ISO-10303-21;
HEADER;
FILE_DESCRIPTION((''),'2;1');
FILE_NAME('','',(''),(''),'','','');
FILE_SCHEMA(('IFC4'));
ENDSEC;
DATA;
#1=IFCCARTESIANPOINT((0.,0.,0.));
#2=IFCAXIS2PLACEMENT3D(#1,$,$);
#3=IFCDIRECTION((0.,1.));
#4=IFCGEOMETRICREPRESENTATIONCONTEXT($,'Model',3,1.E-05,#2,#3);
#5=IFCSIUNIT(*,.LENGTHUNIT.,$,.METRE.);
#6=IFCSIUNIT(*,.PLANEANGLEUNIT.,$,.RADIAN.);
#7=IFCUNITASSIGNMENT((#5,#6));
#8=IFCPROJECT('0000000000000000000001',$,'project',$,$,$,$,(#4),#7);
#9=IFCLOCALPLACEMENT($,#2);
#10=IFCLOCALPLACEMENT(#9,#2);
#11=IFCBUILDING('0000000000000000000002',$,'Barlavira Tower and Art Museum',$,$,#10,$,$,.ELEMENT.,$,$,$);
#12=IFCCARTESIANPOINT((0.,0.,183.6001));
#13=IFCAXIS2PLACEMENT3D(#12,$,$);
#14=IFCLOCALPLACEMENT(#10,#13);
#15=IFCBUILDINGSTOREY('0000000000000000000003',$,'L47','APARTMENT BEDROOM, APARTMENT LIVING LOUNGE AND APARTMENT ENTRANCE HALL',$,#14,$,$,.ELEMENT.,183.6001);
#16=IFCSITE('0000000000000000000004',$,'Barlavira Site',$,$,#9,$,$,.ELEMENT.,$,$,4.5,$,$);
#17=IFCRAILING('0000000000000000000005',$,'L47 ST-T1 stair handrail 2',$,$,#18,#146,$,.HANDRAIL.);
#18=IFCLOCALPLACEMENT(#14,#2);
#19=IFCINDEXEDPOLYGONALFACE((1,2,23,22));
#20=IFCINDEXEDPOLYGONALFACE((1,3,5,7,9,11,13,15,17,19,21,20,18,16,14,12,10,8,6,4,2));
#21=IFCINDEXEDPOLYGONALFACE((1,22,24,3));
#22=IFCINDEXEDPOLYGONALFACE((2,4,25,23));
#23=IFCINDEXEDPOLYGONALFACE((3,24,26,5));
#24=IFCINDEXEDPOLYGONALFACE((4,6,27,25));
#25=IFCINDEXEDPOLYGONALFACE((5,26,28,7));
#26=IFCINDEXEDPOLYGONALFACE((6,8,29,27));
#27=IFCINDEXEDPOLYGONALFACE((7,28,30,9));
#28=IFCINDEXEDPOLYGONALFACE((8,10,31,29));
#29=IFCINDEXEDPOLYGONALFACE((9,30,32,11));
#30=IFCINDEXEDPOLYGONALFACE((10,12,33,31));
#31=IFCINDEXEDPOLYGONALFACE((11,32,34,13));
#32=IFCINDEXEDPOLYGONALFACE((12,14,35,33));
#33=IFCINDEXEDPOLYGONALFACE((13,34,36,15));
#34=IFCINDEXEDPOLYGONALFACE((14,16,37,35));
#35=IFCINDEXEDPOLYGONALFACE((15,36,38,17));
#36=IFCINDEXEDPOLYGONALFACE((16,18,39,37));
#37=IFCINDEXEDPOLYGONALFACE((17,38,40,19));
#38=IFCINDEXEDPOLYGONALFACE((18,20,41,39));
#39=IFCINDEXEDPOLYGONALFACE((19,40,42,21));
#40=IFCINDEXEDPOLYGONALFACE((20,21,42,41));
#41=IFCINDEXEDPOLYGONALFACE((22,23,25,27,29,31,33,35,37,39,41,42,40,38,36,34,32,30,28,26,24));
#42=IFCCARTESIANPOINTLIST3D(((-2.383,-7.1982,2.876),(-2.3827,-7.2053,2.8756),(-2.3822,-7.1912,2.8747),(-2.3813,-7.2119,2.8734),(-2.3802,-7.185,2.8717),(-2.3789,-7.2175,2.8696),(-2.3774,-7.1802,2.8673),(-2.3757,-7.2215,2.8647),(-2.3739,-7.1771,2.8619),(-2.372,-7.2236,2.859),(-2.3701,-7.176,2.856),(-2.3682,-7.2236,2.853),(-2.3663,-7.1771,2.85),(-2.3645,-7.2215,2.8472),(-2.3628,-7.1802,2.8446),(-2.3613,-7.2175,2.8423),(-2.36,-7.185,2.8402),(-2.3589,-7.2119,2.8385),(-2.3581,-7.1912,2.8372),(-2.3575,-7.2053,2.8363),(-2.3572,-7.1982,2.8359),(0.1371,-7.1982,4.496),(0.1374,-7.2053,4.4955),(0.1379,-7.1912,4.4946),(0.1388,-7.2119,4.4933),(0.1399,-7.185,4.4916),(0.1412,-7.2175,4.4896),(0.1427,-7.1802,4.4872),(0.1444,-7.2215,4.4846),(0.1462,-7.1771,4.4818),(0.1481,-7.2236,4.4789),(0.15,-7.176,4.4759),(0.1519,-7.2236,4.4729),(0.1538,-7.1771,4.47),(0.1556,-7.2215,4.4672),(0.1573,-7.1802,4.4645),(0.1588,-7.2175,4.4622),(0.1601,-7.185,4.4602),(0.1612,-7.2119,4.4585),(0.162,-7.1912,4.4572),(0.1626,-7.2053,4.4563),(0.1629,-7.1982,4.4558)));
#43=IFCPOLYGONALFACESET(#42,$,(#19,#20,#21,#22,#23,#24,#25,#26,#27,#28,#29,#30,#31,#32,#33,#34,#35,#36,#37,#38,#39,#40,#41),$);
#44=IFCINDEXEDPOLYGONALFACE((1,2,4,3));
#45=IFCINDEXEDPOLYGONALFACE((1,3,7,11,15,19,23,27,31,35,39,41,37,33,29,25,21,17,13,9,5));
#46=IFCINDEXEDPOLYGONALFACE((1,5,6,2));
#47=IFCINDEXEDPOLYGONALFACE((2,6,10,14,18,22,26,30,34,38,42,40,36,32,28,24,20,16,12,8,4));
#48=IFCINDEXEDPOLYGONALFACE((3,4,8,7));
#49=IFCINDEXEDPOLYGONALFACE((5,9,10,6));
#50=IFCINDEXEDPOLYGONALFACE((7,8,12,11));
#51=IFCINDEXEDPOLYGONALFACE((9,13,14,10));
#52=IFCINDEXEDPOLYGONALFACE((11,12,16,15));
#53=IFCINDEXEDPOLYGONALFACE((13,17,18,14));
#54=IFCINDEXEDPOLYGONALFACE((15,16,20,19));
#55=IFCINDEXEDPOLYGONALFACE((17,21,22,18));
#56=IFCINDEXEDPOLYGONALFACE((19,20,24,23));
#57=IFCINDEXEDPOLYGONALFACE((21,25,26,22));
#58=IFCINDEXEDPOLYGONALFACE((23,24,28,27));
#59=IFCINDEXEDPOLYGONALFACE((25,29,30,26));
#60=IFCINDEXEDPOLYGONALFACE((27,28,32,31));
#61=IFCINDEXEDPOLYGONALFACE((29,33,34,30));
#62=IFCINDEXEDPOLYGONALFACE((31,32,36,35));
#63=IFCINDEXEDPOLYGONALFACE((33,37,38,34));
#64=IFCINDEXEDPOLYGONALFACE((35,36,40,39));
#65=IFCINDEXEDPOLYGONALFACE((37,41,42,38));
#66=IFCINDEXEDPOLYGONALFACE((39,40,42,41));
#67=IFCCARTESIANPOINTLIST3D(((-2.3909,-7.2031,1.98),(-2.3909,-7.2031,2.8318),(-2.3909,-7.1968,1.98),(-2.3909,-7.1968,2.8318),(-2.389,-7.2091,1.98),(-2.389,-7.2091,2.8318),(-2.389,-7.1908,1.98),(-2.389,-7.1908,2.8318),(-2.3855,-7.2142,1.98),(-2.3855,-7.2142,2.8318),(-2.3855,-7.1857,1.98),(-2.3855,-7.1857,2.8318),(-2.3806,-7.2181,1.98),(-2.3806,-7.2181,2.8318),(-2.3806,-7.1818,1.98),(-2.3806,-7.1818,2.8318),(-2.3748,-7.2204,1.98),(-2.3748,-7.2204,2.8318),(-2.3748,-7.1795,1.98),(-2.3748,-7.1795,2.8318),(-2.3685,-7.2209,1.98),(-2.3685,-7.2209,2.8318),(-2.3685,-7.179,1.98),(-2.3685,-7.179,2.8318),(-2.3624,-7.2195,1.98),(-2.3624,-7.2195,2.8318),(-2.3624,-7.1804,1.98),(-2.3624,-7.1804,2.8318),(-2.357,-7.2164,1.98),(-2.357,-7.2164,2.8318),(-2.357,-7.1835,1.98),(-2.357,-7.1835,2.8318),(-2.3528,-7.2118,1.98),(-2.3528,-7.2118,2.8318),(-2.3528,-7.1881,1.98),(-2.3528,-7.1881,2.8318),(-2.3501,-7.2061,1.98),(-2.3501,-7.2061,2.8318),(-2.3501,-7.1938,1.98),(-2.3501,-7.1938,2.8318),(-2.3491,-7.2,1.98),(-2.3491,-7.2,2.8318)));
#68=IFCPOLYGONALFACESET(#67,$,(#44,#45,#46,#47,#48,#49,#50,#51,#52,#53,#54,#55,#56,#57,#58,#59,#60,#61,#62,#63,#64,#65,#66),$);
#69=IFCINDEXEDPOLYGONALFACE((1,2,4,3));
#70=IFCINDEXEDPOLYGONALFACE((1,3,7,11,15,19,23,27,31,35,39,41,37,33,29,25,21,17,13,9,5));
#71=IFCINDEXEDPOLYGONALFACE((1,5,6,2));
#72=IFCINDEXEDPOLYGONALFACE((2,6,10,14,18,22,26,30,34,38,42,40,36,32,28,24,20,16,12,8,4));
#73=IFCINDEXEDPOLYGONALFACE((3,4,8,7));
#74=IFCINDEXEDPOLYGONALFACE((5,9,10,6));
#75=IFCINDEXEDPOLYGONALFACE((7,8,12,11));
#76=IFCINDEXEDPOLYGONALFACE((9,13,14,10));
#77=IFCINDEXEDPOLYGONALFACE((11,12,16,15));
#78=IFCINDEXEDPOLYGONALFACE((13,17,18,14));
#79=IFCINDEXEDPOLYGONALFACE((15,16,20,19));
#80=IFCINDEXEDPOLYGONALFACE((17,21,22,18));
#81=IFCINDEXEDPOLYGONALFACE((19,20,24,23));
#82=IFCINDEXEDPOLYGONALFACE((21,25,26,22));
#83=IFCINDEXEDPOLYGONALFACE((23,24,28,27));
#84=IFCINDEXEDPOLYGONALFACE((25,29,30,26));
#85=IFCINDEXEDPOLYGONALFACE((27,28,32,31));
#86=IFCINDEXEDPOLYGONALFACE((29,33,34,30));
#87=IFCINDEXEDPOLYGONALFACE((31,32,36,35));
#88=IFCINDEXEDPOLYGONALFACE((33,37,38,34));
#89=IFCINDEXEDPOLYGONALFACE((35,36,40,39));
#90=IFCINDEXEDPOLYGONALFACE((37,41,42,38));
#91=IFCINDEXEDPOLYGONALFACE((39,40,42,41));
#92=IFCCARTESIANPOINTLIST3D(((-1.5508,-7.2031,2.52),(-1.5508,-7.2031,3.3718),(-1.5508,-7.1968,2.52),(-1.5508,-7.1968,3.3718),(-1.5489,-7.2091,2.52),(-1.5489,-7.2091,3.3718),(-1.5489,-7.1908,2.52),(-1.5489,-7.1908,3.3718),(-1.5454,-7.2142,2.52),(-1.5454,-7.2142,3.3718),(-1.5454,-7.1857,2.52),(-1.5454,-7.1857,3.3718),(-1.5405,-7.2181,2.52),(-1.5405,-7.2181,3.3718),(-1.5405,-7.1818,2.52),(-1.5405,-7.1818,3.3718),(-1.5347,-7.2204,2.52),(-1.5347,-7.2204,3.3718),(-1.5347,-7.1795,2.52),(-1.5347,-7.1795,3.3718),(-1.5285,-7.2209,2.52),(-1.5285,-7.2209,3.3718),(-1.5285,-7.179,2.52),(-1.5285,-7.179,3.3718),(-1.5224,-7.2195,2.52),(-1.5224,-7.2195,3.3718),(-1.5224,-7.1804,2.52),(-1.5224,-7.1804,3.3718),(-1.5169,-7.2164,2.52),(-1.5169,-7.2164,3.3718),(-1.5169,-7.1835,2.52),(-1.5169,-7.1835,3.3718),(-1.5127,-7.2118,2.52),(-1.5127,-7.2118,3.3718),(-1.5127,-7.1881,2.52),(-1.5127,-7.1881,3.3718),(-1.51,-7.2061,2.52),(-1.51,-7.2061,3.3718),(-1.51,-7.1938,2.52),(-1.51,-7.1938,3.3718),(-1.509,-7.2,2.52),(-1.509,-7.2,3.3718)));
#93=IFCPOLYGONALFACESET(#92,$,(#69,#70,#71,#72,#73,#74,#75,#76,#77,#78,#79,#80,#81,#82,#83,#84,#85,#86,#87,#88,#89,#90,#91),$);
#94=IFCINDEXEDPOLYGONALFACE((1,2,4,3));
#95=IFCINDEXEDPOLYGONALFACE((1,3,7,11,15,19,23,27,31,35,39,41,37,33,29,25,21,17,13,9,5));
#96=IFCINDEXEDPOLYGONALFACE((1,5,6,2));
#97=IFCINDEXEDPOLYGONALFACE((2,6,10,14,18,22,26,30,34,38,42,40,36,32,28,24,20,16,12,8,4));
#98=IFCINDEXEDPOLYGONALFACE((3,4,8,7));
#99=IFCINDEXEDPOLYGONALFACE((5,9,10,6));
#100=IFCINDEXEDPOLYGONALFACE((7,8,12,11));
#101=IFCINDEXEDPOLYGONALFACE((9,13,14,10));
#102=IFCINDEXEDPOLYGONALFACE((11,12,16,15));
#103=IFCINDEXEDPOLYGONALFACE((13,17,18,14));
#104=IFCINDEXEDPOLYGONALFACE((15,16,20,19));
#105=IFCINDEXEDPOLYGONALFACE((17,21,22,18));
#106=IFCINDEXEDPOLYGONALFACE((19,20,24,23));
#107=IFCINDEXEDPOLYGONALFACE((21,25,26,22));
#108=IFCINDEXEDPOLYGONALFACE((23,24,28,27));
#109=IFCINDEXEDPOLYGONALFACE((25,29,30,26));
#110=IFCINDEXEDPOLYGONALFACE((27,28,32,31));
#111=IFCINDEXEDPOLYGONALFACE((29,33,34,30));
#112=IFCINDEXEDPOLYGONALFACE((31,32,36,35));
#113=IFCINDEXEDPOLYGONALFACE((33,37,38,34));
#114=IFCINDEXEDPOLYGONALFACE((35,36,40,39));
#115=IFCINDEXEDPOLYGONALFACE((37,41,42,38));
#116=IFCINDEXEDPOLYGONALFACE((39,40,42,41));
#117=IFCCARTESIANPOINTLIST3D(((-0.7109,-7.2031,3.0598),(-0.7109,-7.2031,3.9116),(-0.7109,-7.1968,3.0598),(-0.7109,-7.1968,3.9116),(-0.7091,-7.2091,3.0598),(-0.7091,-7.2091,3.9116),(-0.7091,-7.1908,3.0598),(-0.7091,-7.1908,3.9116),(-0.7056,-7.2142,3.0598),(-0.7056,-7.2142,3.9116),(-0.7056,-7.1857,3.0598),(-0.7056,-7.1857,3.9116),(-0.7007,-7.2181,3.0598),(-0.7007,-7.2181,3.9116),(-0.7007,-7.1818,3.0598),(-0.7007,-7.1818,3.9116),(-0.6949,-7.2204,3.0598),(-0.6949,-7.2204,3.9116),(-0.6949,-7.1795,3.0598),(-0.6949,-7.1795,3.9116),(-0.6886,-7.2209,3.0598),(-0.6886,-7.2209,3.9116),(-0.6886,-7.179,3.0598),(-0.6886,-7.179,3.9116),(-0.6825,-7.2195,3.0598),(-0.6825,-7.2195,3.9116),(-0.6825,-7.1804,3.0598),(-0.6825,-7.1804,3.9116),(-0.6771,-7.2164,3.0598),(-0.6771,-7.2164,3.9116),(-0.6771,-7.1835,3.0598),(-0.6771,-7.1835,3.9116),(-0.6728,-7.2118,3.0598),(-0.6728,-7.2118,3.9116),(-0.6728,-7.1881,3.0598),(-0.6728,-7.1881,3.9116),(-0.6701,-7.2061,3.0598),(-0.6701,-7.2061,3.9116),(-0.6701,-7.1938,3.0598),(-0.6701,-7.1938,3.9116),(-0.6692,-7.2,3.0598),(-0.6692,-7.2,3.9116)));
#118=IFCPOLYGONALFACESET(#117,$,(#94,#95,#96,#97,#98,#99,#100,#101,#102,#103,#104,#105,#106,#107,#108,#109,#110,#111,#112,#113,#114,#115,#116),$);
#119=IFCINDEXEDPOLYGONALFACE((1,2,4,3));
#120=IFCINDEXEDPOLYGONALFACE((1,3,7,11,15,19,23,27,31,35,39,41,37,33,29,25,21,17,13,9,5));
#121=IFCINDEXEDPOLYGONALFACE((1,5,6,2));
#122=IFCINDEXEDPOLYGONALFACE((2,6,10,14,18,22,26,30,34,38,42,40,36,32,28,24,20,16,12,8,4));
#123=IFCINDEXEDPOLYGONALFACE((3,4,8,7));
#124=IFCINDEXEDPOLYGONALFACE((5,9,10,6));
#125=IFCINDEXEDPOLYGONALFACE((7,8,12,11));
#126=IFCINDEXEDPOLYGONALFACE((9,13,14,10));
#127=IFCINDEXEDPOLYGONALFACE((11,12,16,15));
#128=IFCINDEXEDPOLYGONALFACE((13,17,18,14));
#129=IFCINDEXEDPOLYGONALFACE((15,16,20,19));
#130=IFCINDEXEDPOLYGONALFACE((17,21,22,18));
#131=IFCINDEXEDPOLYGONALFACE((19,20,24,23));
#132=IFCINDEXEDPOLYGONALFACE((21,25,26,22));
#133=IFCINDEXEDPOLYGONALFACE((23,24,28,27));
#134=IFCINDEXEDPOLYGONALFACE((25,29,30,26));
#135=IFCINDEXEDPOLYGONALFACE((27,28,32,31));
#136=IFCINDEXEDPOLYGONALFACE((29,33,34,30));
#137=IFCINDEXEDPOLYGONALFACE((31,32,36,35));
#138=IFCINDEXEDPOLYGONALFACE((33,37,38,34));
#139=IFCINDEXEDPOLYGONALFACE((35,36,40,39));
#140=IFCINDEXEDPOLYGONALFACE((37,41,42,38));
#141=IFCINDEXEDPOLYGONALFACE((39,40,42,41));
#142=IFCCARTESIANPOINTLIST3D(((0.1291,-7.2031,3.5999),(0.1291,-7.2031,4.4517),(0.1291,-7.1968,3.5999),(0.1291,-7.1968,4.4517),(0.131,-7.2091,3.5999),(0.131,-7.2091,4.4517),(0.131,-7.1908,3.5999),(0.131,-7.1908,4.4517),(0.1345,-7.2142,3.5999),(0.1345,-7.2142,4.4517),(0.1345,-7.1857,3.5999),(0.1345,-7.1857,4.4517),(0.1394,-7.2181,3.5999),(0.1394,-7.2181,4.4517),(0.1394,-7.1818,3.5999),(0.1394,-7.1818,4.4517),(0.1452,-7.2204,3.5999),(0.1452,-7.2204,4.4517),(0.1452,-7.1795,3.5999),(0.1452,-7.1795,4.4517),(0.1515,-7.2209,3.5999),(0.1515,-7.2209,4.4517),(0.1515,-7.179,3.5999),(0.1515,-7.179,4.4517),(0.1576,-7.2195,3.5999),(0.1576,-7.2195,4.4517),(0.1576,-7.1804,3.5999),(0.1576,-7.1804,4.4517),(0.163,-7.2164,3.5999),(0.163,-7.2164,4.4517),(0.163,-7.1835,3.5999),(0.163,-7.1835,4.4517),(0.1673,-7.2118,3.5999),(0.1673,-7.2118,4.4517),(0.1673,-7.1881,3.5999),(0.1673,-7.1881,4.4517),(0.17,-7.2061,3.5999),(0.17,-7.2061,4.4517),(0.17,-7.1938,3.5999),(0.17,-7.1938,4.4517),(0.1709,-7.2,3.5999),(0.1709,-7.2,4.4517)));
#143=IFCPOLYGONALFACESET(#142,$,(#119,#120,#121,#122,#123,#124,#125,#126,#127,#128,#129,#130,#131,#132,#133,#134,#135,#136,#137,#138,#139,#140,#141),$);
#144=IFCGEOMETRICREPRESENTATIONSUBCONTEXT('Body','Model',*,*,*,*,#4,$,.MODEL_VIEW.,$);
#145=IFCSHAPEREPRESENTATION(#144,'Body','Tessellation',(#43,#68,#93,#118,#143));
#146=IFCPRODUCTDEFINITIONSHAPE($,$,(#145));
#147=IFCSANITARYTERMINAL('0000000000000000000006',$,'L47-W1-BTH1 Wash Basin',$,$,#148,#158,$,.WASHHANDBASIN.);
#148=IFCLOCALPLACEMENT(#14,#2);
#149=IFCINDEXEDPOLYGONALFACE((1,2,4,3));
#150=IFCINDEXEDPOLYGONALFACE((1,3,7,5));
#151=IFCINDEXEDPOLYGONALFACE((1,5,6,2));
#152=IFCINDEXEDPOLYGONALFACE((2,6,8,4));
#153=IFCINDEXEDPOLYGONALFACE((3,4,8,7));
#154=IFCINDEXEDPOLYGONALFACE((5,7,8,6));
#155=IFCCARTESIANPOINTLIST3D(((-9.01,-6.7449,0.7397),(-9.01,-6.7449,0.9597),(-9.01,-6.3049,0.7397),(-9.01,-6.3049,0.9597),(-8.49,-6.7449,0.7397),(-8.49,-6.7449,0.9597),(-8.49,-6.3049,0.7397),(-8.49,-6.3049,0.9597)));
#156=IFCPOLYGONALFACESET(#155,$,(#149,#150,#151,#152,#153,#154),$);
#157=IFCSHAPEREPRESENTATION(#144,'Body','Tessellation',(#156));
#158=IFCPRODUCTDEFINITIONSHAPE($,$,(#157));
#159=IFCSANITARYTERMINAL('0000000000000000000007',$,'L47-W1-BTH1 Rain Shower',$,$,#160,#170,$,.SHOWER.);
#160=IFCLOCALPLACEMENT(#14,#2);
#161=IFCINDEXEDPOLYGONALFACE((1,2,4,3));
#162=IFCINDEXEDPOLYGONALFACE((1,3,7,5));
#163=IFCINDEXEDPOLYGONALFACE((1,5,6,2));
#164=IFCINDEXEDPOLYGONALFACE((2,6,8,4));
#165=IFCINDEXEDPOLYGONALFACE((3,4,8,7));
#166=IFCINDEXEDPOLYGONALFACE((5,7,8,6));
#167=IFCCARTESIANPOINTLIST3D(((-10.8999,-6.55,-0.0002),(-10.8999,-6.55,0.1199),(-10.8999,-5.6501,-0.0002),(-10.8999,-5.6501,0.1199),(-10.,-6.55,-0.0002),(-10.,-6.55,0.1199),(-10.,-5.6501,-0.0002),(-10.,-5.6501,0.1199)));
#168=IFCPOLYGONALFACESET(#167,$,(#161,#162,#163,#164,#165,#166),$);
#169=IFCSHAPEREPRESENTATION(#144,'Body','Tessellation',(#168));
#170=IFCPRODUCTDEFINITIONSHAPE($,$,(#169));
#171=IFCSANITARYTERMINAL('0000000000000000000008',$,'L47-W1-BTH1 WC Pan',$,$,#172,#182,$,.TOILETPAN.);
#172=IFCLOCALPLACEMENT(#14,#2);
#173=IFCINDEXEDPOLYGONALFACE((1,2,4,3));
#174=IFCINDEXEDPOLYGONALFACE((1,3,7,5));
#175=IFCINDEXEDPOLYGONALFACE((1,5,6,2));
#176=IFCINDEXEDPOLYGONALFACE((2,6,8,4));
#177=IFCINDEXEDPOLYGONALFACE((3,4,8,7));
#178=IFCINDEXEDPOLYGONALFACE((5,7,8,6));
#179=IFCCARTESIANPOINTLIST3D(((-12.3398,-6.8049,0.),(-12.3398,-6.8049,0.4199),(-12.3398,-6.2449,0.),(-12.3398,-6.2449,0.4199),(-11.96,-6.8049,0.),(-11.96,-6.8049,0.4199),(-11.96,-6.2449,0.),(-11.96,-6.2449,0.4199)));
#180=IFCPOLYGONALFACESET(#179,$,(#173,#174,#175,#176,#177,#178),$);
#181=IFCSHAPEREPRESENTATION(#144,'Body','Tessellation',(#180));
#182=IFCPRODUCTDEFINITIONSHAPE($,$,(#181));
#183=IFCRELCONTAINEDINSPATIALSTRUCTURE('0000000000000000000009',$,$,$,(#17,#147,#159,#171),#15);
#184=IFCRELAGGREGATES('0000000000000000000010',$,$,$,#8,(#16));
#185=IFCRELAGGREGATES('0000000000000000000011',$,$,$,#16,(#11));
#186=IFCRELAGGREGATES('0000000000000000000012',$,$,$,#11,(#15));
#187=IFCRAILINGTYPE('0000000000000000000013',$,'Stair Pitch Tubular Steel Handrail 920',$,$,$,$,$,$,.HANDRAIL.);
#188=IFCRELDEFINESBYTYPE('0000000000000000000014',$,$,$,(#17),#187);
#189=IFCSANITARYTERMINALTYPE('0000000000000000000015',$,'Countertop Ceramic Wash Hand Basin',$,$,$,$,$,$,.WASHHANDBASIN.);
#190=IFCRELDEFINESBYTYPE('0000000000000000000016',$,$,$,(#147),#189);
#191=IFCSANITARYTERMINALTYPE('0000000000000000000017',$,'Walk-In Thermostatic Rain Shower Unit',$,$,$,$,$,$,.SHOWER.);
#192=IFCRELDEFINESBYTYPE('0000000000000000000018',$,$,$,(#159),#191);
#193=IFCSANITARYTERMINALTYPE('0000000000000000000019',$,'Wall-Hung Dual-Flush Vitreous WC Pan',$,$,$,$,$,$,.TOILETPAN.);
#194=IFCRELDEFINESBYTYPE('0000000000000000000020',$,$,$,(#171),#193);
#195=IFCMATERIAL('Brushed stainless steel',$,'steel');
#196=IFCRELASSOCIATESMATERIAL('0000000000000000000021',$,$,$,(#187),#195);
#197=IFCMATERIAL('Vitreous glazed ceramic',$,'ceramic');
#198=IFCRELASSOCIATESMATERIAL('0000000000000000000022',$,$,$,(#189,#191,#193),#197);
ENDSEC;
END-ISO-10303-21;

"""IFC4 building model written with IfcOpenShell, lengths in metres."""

from ifc_helpers import new_model, si_unit, direction, frame, origin, origin_2d, place, context, subcontext, project, spatial, rectangle, circle, extrude, material, type_object, element, save


model = new_model("IFC4")

# Units and contexts
model_context = context("Model", 3, precision=1e-05, world=origin(), true_north=direction((0.0, 1.0)))
body_context = subcontext(model_context, "Body", "Model", "MODEL_VIEW")
ifc_project = project(units=[si_unit("LENGTHUNIT", "METRE"), si_unit("PLANEANGLEUNIT", "RADIAN")], contexts=[model_context])

# Site, building, storey
site_placement = place(None, origin())
site = spatial("IfcSite", under=ifc_project, at=site_placement, Name="Barlavira Site", CompositionType="ELEMENT", RefElevation=4.5)
building_placement = place(site_placement, origin())
building = spatial("IfcBuilding", under=site, at=building_placement, Name="Barlavira Tower and Art Museum", CompositionType="ELEMENT")
storey_placement = place(building_placement, frame((0.0, 0.0, 183.6001)))
storey = spatial("IfcBuildingStorey", under=building, at=storey_placement, Name="L47", Description="APARTMENT BEDROOM, APARTMENT LIVING LOUNGE AND APARTMENT ENTRANCE HALL", CompositionType="ELEMENT", Elevation=183.6001)

# Shared definitions
ifc_material_1 = material(Name="Brushed stainless steel", Category="steel")

# Railing
railing_type_1 = type_object("IfcRailingType", Name="Stair Pitch Tubular Steel Handrail 920", PredefinedType="HANDRAIL", material=ifc_material_1)
railing_1_placement = place(storey_placement, frame((-2.3701, -7.2, 1.98)))
element("IfcRailing", 1, at=railing_1_placement, inside=storey, type_object=railing_type_1, Name="L47 ST-T1 stair handrail 2", PredefinedType="HANDRAIL", context=body_context, shape_type="SweptSolid", body=[
    extrude(circle(Radius=0.0239, at=origin_2d()), frame((0.0, 0.0, 0.876), z_axis=(0.8412, 0.0, 0.540725), x_axis=(0.0, 1.0, 0.0)), (0.0, 0.0, 1.0), 2.9958),
    extrude(circle(Radius=0.021, at=origin_2d()), origin(), (0.0, 0.0, 1.0), 0.8518),
    extrude(circle(Radius=0.021, at=origin_2d()), frame((0.8401, 0.0, 0.54)), (0.0, 0.0, 1.0), 0.8518),
    extrude(circle(Radius=0.021, at=origin_2d()), frame((1.6799, 0.0, 1.0798)), (0.0, 0.0, 1.0), 0.8518),
    extrude(circle(Radius=0.021, at=origin_2d()), frame((2.52, 0.0, 1.6199)), (0.0, 0.0, 1.0), 0.8518),
])

# Sanitary terminals
ifc_material_2 = material(Name="Vitreous glazed ceramic", Category="ceramic")
sanitary_terminal_type_1 = type_object("IfcSanitaryTerminalType", Name="Countertop Ceramic Wash Hand Basin", PredefinedType="WASHHANDBASIN", material=ifc_material_2)
sanitary_terminal_1_placement = place(storey_placement, frame((-8.75, -6.5249, 0.7397), z_axis=(0.0, 0.0, 1.0), x_axis=(1.0, 0.0, 0.0)))
element("IfcSanitaryTerminal", 2, at=sanitary_terminal_1_placement, inside=storey, type_object=sanitary_terminal_type_1, Name="L47-W1-BTH1 Wash Basin", PredefinedType="WASHHANDBASIN", context=body_context, shape_type="SweptSolid", body=[
    extrude(rectangle(XDim=0.52, YDim=0.4399, at=origin_2d()), origin(), (0.0, 0.0, 1.0), 0.22),
])
sanitary_terminal_type_2 = type_object("IfcSanitaryTerminalType", Name="Walk-In Thermostatic Rain Shower Unit", PredefinedType="SHOWER", material=ifc_material_2)
sanitary_terminal_2_placement = place(storey_placement, frame((-10.45, -6.1001, -0.0002), z_axis=(0.0, 0.0, 1.0), x_axis=(1.0, 0.0, 0.0)))
element("IfcSanitaryTerminal", 3, at=sanitary_terminal_2_placement, inside=storey, type_object=sanitary_terminal_type_2, Name="L47-W1-BTH1 Rain Shower", PredefinedType="SHOWER", context=body_context, shape_type="SweptSolid", body=[
    extrude(rectangle(XDim=0.8999, YDim=0.8999, at=origin_2d()), origin(), (0.0, 0.0, 1.0), 0.1201),
])
sanitary_terminal_type_3 = type_object("IfcSanitaryTerminalType", Name="Wall-Hung Dual-Flush Vitreous WC Pan", PredefinedType="TOILETPAN", material=ifc_material_2)
sanitary_terminal_3_placement = place(storey_placement, frame((-12.1499, -6.5249, 0.0), z_axis=(0.0, 0.0, 1.0), x_axis=(1.0, 0.0, 0.0)))
element("IfcSanitaryTerminal", 4, at=sanitary_terminal_3_placement, inside=storey, type_object=sanitary_terminal_type_3, Name="L47-W1-BTH1 WC Pan", PredefinedType="TOILETPAN", context=body_context, shape_type="SweptSolid", body=[
    extrude(rectangle(XDim=0.3799, YDim=0.5601, at=origin_2d()), origin(), (0.0, 0.0, 1.0), 0.4199),
])

save(model, "model.ifc")
